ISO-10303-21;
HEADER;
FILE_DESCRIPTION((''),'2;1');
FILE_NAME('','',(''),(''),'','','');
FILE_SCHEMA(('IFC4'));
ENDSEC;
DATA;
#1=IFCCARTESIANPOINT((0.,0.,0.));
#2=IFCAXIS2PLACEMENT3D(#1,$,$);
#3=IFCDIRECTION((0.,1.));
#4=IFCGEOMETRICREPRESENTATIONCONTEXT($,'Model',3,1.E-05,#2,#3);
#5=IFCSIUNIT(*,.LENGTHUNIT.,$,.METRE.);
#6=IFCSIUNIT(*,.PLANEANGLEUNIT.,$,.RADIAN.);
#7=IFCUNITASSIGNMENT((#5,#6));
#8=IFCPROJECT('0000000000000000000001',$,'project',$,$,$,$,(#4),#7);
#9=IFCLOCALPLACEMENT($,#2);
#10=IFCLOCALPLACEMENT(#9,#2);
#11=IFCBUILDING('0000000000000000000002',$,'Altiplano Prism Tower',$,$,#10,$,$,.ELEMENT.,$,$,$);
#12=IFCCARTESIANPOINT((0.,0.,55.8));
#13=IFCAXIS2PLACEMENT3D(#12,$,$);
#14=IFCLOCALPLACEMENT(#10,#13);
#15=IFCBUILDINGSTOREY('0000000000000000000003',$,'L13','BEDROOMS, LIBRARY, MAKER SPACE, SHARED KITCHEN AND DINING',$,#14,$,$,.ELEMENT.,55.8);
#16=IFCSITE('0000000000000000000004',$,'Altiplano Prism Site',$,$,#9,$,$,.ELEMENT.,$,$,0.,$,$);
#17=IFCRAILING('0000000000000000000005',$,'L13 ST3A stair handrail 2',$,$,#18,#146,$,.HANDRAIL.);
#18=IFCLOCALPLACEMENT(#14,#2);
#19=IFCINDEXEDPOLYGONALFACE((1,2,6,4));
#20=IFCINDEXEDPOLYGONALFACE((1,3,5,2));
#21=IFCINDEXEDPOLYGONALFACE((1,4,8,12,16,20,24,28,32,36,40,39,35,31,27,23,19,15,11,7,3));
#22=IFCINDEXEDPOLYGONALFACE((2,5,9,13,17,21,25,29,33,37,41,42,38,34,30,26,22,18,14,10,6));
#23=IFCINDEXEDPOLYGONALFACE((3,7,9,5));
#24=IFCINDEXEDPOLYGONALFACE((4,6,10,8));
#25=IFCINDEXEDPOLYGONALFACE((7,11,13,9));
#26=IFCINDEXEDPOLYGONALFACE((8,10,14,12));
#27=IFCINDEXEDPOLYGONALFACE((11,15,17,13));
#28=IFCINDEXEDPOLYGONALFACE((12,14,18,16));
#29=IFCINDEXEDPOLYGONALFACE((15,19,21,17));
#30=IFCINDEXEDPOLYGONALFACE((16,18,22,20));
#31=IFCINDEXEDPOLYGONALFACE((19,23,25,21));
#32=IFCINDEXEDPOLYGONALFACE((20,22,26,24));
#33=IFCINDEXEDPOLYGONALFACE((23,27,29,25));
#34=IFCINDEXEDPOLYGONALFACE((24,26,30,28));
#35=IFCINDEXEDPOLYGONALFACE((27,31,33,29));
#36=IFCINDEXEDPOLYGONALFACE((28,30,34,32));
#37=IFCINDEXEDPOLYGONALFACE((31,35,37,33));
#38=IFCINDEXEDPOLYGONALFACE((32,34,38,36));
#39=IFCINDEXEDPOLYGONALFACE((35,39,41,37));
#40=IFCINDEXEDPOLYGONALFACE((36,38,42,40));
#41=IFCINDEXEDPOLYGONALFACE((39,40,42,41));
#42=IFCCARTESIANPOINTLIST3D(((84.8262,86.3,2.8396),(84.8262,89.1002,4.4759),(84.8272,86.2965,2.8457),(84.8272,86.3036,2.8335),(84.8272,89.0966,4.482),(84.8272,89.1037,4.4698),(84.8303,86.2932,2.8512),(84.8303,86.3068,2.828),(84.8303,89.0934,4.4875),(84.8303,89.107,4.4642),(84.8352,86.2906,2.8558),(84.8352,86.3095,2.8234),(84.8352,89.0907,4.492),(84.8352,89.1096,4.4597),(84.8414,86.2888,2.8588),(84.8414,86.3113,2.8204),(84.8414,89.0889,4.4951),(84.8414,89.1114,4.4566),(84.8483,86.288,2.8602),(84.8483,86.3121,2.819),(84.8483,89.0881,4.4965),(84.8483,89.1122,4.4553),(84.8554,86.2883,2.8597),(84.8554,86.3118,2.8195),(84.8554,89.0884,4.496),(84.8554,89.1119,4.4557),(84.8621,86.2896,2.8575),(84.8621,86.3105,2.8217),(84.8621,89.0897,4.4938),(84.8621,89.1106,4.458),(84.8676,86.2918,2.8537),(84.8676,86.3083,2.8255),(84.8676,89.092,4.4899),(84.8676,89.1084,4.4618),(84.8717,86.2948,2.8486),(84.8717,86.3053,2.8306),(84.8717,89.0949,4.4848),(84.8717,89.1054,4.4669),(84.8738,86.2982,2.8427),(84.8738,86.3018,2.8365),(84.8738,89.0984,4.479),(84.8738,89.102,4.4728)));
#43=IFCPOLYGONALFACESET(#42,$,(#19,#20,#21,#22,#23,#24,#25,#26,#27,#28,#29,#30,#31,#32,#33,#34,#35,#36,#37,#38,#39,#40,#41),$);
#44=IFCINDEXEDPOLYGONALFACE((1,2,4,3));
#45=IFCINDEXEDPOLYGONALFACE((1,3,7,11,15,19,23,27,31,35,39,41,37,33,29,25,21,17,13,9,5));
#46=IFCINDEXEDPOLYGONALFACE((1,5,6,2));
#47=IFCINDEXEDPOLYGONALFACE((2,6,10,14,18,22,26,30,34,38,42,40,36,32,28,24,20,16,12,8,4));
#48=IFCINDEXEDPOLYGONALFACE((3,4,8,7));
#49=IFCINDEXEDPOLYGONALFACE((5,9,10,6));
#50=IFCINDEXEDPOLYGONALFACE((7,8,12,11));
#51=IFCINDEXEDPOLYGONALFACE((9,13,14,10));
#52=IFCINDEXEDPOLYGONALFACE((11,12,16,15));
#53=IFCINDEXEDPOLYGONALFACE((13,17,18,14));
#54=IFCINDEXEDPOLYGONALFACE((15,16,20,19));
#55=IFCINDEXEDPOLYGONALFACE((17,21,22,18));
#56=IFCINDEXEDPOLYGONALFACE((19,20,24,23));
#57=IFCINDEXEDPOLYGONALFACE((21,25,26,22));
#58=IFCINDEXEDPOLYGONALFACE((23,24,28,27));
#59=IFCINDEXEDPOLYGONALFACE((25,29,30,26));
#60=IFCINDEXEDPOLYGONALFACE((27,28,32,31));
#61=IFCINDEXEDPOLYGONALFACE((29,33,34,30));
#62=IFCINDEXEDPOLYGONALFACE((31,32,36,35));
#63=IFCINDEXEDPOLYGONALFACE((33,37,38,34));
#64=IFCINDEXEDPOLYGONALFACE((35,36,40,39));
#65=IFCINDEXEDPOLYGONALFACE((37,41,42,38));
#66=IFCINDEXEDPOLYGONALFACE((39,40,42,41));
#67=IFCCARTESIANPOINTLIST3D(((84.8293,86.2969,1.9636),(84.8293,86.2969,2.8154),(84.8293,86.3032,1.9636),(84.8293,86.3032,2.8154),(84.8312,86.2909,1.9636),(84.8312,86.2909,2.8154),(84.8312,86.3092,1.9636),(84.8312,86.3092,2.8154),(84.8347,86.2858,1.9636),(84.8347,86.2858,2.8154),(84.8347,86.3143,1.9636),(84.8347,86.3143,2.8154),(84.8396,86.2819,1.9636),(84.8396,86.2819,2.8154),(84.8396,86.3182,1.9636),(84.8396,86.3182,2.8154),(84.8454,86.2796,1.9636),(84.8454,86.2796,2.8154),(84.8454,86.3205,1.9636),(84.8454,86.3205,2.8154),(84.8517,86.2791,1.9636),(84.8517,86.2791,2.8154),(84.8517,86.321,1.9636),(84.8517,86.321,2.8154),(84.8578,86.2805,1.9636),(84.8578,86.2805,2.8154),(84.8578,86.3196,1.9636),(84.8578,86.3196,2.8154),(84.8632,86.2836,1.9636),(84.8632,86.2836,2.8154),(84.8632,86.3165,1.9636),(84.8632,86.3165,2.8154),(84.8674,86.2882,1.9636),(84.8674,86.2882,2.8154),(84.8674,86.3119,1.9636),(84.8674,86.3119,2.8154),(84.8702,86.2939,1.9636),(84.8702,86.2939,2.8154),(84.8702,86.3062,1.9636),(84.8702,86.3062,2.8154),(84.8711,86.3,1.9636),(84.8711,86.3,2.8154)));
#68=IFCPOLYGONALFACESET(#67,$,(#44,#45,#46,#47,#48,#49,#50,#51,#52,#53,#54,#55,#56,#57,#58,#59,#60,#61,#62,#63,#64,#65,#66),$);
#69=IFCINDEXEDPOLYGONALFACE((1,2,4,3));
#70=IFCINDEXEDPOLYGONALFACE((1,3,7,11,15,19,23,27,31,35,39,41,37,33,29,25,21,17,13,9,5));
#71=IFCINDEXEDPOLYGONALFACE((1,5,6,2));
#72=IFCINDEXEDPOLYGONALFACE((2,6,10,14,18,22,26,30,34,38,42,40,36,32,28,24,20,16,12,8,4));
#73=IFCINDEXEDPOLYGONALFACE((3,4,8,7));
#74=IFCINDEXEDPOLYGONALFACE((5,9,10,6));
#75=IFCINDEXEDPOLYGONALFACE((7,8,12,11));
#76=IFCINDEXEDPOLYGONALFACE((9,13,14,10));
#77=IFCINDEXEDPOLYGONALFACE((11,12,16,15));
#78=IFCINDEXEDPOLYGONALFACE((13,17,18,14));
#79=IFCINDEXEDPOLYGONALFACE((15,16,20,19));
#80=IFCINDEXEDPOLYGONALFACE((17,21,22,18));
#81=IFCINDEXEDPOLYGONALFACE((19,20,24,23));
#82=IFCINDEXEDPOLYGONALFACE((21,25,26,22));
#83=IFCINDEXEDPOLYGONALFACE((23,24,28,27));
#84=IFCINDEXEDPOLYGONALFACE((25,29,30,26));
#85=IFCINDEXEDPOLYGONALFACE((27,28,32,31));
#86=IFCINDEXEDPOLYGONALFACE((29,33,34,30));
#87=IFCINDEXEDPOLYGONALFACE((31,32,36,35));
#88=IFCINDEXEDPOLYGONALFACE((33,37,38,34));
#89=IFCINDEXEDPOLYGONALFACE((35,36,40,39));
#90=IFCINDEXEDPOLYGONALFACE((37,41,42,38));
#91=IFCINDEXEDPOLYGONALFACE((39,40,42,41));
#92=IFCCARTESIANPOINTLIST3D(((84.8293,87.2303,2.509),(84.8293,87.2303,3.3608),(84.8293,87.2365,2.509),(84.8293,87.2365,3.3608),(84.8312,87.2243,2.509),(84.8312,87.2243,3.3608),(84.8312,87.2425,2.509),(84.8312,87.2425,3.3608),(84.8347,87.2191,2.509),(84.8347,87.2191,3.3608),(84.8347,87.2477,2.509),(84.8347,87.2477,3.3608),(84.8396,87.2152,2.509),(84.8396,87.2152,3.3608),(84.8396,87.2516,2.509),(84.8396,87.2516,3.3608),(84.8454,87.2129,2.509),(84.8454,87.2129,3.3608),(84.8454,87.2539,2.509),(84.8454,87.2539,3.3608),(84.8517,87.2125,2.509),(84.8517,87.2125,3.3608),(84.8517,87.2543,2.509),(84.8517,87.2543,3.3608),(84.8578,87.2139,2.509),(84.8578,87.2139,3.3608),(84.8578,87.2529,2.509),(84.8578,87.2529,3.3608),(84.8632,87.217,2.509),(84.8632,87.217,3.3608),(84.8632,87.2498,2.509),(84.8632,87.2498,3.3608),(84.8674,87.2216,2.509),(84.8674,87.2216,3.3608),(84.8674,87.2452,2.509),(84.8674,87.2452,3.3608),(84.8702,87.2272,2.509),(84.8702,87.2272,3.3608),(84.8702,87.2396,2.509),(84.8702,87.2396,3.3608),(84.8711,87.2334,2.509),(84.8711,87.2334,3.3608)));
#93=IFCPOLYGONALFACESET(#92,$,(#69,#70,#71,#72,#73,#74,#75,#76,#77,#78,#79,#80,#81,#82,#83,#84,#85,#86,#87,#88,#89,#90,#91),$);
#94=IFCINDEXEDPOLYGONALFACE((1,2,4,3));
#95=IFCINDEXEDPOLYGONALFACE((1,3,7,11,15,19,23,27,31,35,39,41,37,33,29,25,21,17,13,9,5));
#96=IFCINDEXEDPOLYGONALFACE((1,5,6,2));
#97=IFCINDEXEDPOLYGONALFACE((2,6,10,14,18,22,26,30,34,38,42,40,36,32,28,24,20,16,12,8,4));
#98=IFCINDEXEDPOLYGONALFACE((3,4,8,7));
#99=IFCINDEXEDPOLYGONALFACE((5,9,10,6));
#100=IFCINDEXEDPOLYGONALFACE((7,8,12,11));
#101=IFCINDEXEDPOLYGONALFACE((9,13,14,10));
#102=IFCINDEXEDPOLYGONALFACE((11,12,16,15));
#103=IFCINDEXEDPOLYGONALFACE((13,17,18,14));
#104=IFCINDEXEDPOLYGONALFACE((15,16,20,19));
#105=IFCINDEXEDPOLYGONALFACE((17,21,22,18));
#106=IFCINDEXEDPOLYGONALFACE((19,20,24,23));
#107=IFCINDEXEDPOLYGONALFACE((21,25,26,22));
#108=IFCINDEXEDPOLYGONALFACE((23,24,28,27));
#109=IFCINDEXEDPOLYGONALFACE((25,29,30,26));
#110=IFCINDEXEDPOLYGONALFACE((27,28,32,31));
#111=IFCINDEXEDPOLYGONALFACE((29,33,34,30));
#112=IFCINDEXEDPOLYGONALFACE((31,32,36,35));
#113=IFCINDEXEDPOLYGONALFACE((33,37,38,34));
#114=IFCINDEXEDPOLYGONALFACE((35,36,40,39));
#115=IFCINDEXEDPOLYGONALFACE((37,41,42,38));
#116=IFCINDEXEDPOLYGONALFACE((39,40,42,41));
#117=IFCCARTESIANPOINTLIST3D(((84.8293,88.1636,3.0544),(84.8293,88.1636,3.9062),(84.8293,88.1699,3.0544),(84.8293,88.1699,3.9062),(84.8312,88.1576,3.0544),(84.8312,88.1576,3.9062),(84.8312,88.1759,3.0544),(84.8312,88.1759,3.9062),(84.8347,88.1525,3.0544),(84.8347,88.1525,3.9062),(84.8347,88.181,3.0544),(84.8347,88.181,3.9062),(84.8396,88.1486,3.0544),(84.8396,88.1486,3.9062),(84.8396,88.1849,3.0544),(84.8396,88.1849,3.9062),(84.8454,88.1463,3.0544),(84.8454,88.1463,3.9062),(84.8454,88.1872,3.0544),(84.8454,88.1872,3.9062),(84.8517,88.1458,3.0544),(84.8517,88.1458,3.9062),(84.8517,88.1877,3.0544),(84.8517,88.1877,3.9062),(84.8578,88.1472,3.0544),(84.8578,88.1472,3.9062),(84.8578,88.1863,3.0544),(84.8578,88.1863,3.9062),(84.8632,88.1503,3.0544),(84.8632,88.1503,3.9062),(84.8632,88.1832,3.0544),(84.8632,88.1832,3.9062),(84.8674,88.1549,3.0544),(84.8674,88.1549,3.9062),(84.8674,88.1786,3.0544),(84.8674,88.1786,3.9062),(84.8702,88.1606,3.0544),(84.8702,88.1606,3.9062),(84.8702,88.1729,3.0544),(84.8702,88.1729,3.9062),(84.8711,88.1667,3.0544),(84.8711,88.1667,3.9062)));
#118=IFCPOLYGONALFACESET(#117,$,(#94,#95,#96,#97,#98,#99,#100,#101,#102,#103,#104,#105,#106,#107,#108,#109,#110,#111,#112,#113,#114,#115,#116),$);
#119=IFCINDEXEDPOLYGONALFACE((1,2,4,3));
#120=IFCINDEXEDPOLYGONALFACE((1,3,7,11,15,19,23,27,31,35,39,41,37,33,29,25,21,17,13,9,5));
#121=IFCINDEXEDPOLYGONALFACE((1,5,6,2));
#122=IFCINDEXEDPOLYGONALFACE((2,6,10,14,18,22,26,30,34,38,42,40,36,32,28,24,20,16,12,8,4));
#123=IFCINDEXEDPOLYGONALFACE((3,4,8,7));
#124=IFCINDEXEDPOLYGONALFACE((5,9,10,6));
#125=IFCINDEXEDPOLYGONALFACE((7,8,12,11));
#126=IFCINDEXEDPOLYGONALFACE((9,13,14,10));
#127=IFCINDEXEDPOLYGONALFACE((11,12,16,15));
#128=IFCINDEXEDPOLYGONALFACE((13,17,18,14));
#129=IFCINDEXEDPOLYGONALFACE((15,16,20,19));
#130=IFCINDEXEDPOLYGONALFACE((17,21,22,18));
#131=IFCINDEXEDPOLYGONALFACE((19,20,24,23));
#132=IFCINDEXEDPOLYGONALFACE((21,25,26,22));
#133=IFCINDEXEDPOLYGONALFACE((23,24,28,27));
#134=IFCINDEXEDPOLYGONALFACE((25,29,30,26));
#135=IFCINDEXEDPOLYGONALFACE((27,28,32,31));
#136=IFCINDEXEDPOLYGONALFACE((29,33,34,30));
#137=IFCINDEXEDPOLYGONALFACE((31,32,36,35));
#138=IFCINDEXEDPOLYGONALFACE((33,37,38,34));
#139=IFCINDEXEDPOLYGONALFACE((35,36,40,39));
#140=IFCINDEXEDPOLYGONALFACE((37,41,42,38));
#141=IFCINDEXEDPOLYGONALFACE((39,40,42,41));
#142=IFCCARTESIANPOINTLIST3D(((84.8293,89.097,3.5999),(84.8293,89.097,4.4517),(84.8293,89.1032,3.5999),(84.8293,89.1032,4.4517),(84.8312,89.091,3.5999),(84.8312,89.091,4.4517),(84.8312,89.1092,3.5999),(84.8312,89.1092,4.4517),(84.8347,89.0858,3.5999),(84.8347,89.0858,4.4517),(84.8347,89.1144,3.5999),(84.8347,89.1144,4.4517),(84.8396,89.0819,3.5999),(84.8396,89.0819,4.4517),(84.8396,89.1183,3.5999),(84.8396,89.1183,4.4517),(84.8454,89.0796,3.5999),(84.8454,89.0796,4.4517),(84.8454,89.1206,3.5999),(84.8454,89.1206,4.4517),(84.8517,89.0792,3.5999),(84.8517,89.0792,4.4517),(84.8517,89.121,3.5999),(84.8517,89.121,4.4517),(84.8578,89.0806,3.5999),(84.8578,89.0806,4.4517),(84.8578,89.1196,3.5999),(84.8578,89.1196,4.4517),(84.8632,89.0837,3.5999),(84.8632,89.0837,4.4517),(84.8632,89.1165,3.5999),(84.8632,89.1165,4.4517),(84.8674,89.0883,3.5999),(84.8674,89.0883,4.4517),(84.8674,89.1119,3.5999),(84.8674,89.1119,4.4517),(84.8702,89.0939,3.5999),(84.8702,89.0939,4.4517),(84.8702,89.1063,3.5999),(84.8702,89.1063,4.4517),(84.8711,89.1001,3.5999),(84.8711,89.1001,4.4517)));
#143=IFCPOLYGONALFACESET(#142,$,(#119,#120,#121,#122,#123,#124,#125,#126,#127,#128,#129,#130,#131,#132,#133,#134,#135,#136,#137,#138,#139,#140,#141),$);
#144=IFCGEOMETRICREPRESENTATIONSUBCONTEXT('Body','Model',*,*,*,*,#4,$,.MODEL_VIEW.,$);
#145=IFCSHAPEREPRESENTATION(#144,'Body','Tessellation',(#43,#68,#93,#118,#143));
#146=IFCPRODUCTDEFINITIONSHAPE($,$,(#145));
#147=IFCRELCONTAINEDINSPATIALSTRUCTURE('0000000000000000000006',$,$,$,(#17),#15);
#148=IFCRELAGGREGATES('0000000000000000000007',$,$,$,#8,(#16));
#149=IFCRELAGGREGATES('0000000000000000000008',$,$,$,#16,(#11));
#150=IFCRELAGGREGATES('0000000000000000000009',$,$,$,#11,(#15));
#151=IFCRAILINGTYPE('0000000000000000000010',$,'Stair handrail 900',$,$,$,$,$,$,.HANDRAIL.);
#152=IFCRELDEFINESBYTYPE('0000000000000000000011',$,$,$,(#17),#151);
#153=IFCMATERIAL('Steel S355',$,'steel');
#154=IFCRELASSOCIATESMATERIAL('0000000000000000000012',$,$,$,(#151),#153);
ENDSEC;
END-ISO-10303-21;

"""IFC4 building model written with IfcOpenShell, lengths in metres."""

from ifc_helpers import new_model, si_unit, direction, frame, origin, origin_2d, place, context, subcontext, project, spatial, circle, extrude, material, type_object, element, save


model = new_model("IFC4")

# Units and contexts
model_context = context("Model", 3, precision=1e-05, world=origin(), true_north=direction((0.0, 1.0)))
body_context = subcontext(model_context, "Body", "Model", "MODEL_VIEW")
ifc_project = project(units=[si_unit("LENGTHUNIT", "METRE"), si_unit("PLANEANGLEUNIT", "RADIAN")], contexts=[model_context])

# Site, building, storey
site_placement = place(None, origin())
site = spatial("IfcSite", under=ifc_project, at=site_placement, Name="Altiplano Prism Site", CompositionType="ELEMENT", RefElevation=0.0)
building_placement = place(site_placement, origin())
building = spatial("IfcBuilding", under=site, at=building_placement, Name="Altiplano Prism Tower", CompositionType="ELEMENT")
storey_placement = place(building_placement, frame((0.0, 0.0, 55.8)))
storey = spatial("IfcBuildingStorey", under=building, at=storey_placement, Name="L13", Description="BEDROOMS, LIBRARY, MAKER SPACE, SHARED KITCHEN AND DINING", CompositionType="ELEMENT", Elevation=55.8)

# Railing
ifc_material_1 = material(Name="Steel S355", Category="steel")
railing_type_1 = type_object("IfcRailingType", Name="Stair handrail 900", PredefinedType="HANDRAIL", material=ifc_material_1)
railing_1_placement = place(storey_placement, frame((84.8501, 86.3, 1.9636)))
element("IfcRailing", 1, at=railing_1_placement, inside=storey, type_object=railing_type_1, Name="L13 ST3A stair handrail 2", PredefinedType="HANDRAIL", context=body_context, shape_type="SweptSolid", body=[
    extrude(circle(Radius=0.0239, at=origin_2d()), frame((0.0, 0.0, 0.876), z_axis=(0.0, 0.863394, 0.504531), x_axis=(-1.0, 0.0, 0.0)), (0.0, 0.0, 1.0), 3.2432),
    extrude(circle(Radius=0.021, at=origin_2d()), origin(), (0.0, 0.0, 1.0), 0.8518),
    extrude(circle(Radius=0.021, at=origin_2d()), frame((0.0, 0.9333, 0.5454)), (0.0, 0.0, 1.0), 0.8518),
    extrude(circle(Radius=0.021, at=origin_2d()), frame((0.0, 1.8667, 1.0908)), (0.0, 0.0, 1.0), 0.8518),
    extrude(circle(Radius=0.021, at=origin_2d()), frame((0.0, 2.8, 1.6362)), (0.0, 0.0, 1.0), 0.8518),
])

save(model, "model.ifc")
